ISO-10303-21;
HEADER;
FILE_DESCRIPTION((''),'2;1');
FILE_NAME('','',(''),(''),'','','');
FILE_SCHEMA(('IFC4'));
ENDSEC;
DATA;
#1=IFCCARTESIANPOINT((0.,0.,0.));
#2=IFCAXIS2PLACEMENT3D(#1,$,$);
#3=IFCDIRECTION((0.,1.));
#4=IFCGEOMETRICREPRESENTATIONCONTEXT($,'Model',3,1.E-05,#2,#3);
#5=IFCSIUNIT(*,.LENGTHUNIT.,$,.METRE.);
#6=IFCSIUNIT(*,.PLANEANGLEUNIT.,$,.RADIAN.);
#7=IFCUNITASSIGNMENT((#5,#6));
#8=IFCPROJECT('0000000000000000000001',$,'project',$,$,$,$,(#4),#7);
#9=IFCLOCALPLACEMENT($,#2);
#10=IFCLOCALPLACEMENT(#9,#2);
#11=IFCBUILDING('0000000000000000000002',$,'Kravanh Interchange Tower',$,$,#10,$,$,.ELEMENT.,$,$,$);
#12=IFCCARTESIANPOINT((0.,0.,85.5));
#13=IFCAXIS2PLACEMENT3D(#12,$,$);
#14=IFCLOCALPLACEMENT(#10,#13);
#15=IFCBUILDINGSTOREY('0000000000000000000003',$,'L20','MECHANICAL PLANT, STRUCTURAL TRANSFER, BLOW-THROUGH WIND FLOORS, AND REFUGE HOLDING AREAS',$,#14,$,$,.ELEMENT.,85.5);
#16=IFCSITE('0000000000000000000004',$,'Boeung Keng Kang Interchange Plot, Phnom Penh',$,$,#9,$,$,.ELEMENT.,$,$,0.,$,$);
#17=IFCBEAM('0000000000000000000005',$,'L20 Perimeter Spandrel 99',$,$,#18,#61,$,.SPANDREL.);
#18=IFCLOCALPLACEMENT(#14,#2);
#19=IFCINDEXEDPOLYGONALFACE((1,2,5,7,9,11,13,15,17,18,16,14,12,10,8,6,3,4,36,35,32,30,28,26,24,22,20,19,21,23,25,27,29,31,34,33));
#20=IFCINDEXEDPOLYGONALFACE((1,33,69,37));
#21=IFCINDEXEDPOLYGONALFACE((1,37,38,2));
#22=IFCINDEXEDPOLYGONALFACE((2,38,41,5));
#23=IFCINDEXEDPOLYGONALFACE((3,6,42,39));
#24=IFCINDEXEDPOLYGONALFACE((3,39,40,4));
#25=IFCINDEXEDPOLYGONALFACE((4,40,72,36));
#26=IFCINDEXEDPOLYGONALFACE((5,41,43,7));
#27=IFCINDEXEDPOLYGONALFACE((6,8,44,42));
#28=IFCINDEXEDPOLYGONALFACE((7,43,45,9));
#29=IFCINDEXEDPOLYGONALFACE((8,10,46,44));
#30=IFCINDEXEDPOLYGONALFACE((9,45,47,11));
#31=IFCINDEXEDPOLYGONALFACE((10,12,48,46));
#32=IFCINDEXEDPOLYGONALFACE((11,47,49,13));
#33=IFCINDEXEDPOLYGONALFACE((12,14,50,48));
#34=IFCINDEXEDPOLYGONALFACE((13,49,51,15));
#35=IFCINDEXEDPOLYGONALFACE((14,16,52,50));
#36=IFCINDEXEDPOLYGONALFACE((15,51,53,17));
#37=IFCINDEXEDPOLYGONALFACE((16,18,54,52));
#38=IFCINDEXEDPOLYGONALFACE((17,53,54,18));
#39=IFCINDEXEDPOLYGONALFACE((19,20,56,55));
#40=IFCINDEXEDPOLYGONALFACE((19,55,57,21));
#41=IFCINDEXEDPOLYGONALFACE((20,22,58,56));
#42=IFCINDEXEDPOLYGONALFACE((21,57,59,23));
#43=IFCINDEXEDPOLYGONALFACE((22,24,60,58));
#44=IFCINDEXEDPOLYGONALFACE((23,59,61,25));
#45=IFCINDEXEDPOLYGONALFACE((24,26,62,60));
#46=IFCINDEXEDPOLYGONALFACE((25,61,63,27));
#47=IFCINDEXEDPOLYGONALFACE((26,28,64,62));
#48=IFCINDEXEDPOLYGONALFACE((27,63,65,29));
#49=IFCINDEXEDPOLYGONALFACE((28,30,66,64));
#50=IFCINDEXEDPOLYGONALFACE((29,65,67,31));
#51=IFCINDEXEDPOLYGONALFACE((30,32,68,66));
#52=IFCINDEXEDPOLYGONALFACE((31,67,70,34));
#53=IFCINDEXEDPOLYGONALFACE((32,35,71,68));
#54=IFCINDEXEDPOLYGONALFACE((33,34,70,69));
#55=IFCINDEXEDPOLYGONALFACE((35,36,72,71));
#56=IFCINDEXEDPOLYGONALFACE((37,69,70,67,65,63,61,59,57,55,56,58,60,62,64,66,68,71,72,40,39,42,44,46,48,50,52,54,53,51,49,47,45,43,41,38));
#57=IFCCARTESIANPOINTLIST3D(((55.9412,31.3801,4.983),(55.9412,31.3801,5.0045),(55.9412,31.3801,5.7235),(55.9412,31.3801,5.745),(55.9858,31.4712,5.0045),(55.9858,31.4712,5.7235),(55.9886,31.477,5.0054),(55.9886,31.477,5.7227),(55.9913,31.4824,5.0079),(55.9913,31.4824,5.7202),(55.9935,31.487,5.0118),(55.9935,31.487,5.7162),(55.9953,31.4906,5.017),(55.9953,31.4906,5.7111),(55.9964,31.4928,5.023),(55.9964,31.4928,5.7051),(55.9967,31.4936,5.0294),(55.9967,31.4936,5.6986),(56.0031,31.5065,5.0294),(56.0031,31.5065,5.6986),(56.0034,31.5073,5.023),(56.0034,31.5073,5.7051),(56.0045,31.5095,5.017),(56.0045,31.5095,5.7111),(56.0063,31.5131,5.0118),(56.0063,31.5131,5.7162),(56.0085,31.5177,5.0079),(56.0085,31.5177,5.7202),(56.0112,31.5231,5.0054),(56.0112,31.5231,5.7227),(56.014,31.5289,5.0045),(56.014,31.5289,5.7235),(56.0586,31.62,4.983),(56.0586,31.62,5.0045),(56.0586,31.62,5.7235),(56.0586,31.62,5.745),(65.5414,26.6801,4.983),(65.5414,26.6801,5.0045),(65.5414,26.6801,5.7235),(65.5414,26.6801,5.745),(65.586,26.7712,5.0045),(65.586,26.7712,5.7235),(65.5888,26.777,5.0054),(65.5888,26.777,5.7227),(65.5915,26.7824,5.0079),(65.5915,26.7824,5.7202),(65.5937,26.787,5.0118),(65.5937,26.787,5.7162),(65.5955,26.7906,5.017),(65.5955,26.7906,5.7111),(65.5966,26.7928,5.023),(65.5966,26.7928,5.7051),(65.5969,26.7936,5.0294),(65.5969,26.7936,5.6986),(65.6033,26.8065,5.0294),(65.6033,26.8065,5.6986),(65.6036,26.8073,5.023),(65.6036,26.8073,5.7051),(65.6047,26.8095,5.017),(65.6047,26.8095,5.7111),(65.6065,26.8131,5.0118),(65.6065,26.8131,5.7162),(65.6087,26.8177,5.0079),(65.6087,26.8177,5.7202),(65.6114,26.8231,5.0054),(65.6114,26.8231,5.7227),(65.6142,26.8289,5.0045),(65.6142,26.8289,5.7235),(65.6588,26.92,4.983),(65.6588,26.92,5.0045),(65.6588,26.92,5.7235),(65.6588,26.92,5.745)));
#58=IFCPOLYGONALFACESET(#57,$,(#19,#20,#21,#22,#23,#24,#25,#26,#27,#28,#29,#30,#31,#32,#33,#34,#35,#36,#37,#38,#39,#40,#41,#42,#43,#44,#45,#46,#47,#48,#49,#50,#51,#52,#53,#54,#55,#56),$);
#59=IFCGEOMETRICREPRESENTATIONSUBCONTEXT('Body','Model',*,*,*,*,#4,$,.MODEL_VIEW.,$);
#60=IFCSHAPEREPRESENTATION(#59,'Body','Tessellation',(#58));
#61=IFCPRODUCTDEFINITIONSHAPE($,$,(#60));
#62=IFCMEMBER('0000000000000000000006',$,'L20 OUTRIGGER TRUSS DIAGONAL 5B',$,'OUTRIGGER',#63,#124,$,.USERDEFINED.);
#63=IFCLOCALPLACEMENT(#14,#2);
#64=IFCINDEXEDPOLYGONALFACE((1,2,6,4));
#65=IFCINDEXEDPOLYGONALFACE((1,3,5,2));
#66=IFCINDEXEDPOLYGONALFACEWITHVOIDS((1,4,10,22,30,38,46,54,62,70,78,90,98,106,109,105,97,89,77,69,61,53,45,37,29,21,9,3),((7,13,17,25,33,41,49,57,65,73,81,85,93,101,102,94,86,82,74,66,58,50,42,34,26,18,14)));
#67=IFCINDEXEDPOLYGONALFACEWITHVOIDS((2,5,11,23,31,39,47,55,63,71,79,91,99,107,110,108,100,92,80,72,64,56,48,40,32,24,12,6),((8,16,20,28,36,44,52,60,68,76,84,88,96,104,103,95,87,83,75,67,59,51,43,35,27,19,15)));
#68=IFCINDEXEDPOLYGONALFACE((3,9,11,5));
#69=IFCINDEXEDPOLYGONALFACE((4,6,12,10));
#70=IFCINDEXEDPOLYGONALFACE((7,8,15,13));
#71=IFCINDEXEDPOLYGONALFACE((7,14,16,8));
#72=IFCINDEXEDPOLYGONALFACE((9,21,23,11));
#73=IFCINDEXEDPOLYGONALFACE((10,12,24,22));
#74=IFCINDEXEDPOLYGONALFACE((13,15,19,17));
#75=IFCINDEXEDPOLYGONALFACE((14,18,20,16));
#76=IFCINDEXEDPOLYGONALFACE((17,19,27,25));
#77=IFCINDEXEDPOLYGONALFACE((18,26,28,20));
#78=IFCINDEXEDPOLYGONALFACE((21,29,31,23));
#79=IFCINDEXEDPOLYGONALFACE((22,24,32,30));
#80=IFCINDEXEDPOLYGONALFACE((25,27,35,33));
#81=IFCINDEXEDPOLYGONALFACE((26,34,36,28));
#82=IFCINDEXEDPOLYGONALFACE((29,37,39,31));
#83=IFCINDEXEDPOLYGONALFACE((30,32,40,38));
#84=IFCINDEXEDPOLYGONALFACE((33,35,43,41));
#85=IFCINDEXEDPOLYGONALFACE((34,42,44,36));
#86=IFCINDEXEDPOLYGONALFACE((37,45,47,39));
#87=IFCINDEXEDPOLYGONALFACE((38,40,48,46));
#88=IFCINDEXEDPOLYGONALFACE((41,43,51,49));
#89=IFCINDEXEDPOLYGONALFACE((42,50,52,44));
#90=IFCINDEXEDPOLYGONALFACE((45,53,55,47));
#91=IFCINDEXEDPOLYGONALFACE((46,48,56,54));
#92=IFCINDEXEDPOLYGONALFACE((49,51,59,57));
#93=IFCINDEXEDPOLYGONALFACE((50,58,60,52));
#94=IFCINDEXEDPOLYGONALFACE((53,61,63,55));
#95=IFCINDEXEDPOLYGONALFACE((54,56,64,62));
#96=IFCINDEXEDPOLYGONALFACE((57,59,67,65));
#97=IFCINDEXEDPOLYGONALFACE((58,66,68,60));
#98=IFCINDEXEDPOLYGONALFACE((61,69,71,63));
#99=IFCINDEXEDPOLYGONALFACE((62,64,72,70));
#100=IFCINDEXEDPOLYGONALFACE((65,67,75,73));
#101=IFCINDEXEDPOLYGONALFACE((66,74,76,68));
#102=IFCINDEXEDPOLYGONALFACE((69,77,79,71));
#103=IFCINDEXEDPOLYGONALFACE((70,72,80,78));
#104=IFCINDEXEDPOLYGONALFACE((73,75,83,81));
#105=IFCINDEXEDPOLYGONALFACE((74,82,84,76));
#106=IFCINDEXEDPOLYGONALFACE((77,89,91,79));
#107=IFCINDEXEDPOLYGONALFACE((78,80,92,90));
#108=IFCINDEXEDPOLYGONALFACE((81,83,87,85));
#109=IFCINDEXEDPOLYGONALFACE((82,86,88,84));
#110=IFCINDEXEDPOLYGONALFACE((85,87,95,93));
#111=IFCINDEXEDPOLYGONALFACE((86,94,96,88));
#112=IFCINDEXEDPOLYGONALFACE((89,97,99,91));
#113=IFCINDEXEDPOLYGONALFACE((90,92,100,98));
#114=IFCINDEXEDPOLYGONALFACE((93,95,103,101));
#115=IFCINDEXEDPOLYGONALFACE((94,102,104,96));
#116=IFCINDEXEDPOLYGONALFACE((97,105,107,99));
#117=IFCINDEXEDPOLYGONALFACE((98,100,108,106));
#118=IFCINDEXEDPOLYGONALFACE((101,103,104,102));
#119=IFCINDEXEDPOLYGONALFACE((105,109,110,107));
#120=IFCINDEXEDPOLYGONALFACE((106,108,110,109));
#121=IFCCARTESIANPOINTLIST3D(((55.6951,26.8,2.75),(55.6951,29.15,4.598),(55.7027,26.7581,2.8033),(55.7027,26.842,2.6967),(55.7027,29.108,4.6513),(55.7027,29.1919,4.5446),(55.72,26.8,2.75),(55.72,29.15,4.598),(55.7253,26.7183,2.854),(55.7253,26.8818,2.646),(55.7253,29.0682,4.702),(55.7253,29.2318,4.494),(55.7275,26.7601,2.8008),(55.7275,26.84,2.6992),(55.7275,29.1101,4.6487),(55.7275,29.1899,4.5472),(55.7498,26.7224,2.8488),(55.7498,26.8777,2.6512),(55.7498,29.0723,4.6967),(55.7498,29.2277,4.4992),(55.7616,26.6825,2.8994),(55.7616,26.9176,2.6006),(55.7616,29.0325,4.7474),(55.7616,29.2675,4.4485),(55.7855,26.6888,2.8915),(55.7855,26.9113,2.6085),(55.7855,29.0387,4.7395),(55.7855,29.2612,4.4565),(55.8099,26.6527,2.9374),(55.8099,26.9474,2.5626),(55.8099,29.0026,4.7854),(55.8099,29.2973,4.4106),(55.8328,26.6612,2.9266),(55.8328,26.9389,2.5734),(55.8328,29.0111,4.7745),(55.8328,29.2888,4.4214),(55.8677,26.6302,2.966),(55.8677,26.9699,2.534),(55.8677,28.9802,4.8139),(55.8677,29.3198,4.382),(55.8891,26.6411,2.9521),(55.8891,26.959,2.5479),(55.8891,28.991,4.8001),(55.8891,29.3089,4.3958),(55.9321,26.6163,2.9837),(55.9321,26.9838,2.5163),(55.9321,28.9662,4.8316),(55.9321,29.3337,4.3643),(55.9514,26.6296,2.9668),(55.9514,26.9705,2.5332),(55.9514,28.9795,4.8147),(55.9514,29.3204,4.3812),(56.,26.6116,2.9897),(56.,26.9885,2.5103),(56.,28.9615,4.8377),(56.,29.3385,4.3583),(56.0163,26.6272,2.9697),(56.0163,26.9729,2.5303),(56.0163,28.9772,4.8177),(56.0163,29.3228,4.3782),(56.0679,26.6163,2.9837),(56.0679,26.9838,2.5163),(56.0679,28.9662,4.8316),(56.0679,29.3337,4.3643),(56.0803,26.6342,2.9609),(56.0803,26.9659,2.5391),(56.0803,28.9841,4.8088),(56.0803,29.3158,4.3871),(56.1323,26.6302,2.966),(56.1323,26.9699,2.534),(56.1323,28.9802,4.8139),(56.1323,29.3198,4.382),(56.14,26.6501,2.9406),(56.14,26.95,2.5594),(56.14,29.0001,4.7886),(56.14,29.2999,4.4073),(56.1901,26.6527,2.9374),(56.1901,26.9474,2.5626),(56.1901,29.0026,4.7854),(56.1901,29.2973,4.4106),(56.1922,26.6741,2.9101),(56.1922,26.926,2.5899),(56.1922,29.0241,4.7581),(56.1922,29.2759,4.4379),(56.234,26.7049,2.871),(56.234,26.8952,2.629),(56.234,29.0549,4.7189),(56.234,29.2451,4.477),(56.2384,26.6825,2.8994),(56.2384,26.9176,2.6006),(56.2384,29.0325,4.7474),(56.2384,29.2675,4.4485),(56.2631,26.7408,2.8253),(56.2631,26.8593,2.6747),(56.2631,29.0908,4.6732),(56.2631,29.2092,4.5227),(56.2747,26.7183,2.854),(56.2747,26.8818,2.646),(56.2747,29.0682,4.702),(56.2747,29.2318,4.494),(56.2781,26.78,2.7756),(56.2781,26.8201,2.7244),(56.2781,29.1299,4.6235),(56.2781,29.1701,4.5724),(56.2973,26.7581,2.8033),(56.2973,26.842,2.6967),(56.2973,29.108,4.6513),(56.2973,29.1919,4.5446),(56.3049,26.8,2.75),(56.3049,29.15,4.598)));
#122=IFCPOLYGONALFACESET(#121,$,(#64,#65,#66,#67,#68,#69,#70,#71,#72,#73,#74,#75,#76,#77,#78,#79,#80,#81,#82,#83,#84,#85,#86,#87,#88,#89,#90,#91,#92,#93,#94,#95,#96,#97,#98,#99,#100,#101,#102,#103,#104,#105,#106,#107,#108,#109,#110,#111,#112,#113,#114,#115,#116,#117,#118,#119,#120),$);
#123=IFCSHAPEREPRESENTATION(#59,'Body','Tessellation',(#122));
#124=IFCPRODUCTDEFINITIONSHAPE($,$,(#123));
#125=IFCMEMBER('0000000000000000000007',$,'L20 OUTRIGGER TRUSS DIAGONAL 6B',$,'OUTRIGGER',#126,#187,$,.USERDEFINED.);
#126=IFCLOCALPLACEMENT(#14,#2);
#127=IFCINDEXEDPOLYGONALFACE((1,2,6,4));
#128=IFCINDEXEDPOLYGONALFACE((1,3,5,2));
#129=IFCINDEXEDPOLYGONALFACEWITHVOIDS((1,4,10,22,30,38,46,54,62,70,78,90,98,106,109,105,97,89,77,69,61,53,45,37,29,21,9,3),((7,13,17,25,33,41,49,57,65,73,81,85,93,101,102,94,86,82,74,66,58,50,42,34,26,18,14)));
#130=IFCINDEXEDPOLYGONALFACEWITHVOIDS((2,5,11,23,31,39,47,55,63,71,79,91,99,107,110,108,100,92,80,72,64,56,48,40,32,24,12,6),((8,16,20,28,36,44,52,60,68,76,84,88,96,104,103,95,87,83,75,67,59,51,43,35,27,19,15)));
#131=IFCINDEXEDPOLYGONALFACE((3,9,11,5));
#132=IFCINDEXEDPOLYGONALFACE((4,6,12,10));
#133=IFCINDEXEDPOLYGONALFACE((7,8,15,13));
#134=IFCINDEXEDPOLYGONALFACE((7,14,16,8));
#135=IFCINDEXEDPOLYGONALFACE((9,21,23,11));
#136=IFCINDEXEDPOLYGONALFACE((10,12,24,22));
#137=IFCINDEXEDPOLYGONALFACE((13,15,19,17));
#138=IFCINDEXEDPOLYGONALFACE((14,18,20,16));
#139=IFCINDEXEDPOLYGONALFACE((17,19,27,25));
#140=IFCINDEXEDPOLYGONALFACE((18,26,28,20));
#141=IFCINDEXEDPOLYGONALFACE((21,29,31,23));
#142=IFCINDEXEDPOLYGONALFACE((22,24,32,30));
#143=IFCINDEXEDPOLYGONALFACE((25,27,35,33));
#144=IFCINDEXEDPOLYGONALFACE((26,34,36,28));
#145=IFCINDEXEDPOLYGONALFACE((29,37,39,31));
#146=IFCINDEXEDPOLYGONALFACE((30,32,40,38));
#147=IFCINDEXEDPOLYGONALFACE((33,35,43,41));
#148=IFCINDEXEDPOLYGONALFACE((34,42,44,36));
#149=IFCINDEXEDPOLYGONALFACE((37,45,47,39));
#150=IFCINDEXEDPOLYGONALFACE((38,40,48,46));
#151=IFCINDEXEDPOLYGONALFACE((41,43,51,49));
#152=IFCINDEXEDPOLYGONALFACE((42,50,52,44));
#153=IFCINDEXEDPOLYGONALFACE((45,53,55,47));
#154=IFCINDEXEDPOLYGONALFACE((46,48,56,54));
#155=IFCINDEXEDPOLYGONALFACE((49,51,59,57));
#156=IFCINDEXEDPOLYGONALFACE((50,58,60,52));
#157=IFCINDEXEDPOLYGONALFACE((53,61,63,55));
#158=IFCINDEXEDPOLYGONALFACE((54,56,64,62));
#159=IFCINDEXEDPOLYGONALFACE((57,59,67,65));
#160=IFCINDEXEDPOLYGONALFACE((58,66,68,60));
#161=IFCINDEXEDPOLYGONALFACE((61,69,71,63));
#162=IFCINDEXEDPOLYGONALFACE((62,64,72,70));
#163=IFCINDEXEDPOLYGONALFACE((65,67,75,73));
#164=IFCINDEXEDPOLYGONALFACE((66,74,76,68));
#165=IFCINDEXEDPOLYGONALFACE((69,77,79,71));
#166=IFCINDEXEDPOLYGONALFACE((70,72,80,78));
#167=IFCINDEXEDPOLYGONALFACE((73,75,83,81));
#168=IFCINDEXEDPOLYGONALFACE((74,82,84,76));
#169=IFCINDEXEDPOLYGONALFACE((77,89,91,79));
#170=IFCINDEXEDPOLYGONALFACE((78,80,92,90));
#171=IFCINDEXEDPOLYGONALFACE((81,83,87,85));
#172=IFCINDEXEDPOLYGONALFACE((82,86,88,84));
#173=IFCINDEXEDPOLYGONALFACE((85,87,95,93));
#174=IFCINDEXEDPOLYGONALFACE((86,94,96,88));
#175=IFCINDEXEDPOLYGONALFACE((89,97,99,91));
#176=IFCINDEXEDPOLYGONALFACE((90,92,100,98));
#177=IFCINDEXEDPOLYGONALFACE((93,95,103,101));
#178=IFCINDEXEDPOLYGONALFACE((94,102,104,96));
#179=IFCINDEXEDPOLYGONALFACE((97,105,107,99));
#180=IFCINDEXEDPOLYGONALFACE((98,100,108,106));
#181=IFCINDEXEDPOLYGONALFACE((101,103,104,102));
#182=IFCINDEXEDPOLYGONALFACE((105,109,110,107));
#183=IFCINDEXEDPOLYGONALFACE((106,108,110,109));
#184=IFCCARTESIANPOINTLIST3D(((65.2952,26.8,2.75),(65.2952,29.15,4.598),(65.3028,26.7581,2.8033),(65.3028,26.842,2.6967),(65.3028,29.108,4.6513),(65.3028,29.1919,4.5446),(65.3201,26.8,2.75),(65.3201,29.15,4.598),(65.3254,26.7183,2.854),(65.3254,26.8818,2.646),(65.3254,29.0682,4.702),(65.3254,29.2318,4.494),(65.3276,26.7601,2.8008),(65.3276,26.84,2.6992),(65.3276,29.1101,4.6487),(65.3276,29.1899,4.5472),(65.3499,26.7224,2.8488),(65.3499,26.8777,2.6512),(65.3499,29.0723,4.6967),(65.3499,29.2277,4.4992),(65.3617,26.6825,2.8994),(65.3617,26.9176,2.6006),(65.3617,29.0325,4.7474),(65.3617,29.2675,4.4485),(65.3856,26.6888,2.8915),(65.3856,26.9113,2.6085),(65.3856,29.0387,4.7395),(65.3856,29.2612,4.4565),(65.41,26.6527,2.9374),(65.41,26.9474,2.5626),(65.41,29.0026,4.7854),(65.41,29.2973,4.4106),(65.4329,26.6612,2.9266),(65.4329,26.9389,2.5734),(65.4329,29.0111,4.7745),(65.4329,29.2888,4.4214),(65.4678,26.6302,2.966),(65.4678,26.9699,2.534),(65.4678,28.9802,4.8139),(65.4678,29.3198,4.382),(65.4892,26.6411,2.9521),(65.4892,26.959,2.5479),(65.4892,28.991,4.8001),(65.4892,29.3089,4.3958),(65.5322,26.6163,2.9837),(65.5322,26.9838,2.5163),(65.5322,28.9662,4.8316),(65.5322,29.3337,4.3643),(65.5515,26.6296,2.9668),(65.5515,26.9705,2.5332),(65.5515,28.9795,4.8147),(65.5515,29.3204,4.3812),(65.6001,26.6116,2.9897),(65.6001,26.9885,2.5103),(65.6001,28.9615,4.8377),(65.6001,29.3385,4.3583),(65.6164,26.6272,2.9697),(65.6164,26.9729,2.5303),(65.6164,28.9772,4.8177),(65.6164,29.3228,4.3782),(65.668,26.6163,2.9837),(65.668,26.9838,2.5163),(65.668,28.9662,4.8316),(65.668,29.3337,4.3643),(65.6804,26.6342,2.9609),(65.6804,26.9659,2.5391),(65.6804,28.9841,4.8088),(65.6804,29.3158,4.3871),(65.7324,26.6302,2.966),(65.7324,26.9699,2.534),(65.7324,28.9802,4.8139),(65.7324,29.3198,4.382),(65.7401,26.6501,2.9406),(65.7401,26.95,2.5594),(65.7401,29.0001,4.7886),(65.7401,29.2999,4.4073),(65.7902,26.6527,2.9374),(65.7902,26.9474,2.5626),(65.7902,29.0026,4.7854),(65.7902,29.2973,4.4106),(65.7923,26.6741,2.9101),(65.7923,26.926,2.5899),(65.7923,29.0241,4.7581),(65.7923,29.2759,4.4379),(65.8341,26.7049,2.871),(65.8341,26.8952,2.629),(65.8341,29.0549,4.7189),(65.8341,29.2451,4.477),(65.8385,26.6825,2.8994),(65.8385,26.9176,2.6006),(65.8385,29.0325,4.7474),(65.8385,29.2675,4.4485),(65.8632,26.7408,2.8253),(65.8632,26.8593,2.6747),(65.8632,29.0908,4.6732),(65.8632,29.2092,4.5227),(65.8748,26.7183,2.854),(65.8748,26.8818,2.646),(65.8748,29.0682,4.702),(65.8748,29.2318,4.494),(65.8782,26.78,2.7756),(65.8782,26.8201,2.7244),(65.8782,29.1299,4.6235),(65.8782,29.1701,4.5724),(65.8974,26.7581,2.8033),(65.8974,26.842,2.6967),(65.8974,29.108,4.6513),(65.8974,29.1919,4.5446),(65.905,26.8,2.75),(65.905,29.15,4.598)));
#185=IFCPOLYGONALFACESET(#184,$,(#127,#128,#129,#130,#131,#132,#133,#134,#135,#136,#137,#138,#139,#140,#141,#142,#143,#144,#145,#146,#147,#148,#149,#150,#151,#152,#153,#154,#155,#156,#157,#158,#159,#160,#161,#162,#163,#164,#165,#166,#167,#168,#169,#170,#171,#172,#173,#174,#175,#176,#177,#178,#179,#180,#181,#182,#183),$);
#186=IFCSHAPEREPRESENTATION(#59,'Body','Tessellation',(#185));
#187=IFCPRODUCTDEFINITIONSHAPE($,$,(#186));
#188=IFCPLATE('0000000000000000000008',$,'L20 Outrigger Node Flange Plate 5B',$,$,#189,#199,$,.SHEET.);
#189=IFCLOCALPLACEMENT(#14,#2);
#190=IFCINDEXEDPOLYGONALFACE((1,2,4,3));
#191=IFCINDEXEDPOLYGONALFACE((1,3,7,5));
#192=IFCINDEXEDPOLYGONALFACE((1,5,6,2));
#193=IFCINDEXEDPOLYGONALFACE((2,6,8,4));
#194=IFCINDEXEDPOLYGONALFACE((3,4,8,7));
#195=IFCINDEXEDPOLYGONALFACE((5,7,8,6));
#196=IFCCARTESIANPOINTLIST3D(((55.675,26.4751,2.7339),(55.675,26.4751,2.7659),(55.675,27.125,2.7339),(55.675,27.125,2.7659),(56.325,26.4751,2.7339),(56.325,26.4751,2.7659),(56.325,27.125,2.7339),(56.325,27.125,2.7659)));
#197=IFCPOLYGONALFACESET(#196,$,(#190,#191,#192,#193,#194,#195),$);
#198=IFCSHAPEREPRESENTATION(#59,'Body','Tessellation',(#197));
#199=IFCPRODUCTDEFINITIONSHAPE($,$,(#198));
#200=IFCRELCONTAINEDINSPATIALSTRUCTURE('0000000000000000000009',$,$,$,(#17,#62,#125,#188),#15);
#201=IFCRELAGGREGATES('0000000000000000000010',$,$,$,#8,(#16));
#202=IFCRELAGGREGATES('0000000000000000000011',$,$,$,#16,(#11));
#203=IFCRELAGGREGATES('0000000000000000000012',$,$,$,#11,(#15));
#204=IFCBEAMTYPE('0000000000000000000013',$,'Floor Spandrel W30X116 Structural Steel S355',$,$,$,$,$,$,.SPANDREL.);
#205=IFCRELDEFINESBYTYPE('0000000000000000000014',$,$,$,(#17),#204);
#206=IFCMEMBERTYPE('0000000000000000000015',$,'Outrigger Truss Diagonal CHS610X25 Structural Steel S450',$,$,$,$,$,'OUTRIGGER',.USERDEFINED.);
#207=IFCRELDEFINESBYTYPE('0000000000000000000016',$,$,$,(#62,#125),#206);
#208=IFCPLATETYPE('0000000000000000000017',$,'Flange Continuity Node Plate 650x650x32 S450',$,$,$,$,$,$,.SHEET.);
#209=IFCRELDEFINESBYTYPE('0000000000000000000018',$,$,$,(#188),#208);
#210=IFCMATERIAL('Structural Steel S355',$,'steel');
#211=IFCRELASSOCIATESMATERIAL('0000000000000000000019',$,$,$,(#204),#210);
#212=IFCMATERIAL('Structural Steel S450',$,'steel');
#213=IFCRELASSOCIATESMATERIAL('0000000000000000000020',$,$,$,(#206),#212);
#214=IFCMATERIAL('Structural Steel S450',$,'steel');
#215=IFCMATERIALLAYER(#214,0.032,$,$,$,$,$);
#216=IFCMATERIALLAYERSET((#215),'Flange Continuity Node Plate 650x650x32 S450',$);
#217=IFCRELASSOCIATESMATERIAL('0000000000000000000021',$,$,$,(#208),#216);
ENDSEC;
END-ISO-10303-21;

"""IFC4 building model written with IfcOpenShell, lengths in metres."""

from ifc_helpers import new_model, si_unit, direction, frame, origin, origin_2d, place, context, subcontext, project, spatial, rectangle, hollow_circle, i_section, extrude, material, layer, layer_set, material_profile, profile_set, type_object, element, save


model = new_model("IFC4")

# Units and contexts
model_context = context("Model", 3, precision=1e-05, world=origin(), true_north=direction((0.0, 1.0)))
body_context = subcontext(model_context, "Body", "Model", "MODEL_VIEW")
ifc_project = project(units=[si_unit("LENGTHUNIT", "METRE"), si_unit("PLANEANGLEUNIT", "RADIAN")], contexts=[model_context])

# Site, building, storey
site_placement = place(None, origin())
site = spatial("IfcSite", under=ifc_project, at=site_placement, Name="Boeung Keng Kang Interchange Plot, Phnom Penh", CompositionType="ELEMENT", RefElevation=0.0)
building_placement = place(site_placement, origin())
building = spatial("IfcBuilding", under=site, at=building_placement, Name="Kravanh Interchange Tower", CompositionType="ELEMENT")
storey_placement = place(building_placement, frame((0.0, 0.0, 85.5)))
storey = spatial("IfcBuildingStorey", under=building, at=storey_placement, Name="L20", Description="MECHANICAL PLANT, STRUCTURAL TRANSFER, BLOW-THROUGH WIND FLOORS, AND REFUGE HOLDING AREAS", CompositionType="ELEMENT", Elevation=85.5)

# Beam
ifc_material_1 = material(Name="Structural Steel S355", Category="steel")
ifc_material_profile_1 = material_profile(ifc_material_1, i_section(OverallWidth=0.2671, OverallDepth=0.762, WebThickness=0.0144, FlangeThickness=0.0215, FilletRadius=0.0249, at=origin_2d()), Name="W30X116")
ifc_profile_set_1 = profile_set([ifc_material_profile_1], Name="Structural Steel S355")
beam_type_1 = type_object("IfcBeamType", Name="Floor Spandrel W30X116 Structural Steel S355", PredefinedType="SPANDREL", material=ifc_profile_set_1)
beam_1_placement = place(storey_placement, frame((65.6001, 26.8, 5.364), z_axis=(-0.898142, 0.439706, 0.0), x_axis=(-0.439706, -0.898142, 0.0)))
element("IfcBeam", 1, at=beam_1_placement, inside=storey, type_object=beam_type_1, Name="L20 Perimeter Spandrel 99", PredefinedType="SPANDREL", context=body_context, shape_type="SweptSolid", body=[
    extrude(i_section(OverallWidth=0.2671, OverallDepth=0.762, WebThickness=0.0144, FlangeThickness=0.0215, FilletRadius=0.0249, at=origin_2d()), origin(), (0.0, 0.0, 1.0), 10.689),
])

# Members
ifc_material_2 = material(Name="Structural Steel S450", Category="steel")
ifc_material_profile_2 = material_profile(ifc_material_2, hollow_circle(Radius=0.3049, WallThickness=0.0249, at=origin_2d()), Name="CHS610X25")
ifc_profile_set_2 = profile_set([ifc_material_profile_2], Name="Structural Steel S450")
member_type = type_object("IfcMemberType", Name="Outrigger Truss Diagonal CHS610X25 Structural Steel S450", ElementType="OUTRIGGER", PredefinedType="USERDEFINED", material=ifc_profile_set_2)
for number, where, z_axis, x_axis, name in (
    (2, (56.0, 26.8, 2.75), (0.0, 0.78606, 0.61815), (-1.0, 0.0, 0.0), "L20 OUTRIGGER TRUSS DIAGONAL 5B"),
    (3, (65.6001, 26.8, 2.75), (0.0, 0.78606, 0.61815), (-1.0, 0.0, 0.0), "L20 OUTRIGGER TRUSS DIAGONAL 6B"),
):
    element("IfcMember", number, at=place(storey_placement, frame(where, z_axis=z_axis, x_axis=x_axis)), inside=storey, type_object=member_type, Name=name, ObjectType="OUTRIGGER", PredefinedType="USERDEFINED", context=body_context, shape_type="SweptSolid", body=[
        extrude(hollow_circle(Radius=0.3049, WallThickness=0.0249, at=origin_2d()), origin(), (0.0, 0.0, 1.0), 2.9895),
    ])

# Plate
ifc_material_3 = material(Name="Structural Steel S450", Category="steel")
ifc_layer_1 = layer(ifc_material_3, 0.032)
ifc_layer_set_1 = layer_set([ifc_layer_1], Name="Flange Continuity Node Plate 650x650x32 S450")
plate_type_1 = type_object("IfcPlateType", Name="Flange Continuity Node Plate 650x650x32 S450", PredefinedType="SHEET", material=ifc_layer_set_1)
for number, where, z_axis, x_axis, name in (
    (4, (56.0, 26.8, 2.7339), (0.0, 0.0, 1.0), (1.0, 0.0, 0.0), "L20 Outrigger Node Flange Plate 5B"),
):
    element("IfcPlate", number, at=place(storey_placement, frame(where, z_axis=z_axis, x_axis=x_axis)), inside=storey, type_object=plate_type_1, Name=name, PredefinedType="SHEET", context=body_context, shape_type="SweptSolid", body=[
        extrude(rectangle(XDim=0.6499, YDim=0.6499, at=origin_2d()), origin(), (0.0, 0.0, 1.0), 0.032),
    ])

save(model, "model.ifc")
